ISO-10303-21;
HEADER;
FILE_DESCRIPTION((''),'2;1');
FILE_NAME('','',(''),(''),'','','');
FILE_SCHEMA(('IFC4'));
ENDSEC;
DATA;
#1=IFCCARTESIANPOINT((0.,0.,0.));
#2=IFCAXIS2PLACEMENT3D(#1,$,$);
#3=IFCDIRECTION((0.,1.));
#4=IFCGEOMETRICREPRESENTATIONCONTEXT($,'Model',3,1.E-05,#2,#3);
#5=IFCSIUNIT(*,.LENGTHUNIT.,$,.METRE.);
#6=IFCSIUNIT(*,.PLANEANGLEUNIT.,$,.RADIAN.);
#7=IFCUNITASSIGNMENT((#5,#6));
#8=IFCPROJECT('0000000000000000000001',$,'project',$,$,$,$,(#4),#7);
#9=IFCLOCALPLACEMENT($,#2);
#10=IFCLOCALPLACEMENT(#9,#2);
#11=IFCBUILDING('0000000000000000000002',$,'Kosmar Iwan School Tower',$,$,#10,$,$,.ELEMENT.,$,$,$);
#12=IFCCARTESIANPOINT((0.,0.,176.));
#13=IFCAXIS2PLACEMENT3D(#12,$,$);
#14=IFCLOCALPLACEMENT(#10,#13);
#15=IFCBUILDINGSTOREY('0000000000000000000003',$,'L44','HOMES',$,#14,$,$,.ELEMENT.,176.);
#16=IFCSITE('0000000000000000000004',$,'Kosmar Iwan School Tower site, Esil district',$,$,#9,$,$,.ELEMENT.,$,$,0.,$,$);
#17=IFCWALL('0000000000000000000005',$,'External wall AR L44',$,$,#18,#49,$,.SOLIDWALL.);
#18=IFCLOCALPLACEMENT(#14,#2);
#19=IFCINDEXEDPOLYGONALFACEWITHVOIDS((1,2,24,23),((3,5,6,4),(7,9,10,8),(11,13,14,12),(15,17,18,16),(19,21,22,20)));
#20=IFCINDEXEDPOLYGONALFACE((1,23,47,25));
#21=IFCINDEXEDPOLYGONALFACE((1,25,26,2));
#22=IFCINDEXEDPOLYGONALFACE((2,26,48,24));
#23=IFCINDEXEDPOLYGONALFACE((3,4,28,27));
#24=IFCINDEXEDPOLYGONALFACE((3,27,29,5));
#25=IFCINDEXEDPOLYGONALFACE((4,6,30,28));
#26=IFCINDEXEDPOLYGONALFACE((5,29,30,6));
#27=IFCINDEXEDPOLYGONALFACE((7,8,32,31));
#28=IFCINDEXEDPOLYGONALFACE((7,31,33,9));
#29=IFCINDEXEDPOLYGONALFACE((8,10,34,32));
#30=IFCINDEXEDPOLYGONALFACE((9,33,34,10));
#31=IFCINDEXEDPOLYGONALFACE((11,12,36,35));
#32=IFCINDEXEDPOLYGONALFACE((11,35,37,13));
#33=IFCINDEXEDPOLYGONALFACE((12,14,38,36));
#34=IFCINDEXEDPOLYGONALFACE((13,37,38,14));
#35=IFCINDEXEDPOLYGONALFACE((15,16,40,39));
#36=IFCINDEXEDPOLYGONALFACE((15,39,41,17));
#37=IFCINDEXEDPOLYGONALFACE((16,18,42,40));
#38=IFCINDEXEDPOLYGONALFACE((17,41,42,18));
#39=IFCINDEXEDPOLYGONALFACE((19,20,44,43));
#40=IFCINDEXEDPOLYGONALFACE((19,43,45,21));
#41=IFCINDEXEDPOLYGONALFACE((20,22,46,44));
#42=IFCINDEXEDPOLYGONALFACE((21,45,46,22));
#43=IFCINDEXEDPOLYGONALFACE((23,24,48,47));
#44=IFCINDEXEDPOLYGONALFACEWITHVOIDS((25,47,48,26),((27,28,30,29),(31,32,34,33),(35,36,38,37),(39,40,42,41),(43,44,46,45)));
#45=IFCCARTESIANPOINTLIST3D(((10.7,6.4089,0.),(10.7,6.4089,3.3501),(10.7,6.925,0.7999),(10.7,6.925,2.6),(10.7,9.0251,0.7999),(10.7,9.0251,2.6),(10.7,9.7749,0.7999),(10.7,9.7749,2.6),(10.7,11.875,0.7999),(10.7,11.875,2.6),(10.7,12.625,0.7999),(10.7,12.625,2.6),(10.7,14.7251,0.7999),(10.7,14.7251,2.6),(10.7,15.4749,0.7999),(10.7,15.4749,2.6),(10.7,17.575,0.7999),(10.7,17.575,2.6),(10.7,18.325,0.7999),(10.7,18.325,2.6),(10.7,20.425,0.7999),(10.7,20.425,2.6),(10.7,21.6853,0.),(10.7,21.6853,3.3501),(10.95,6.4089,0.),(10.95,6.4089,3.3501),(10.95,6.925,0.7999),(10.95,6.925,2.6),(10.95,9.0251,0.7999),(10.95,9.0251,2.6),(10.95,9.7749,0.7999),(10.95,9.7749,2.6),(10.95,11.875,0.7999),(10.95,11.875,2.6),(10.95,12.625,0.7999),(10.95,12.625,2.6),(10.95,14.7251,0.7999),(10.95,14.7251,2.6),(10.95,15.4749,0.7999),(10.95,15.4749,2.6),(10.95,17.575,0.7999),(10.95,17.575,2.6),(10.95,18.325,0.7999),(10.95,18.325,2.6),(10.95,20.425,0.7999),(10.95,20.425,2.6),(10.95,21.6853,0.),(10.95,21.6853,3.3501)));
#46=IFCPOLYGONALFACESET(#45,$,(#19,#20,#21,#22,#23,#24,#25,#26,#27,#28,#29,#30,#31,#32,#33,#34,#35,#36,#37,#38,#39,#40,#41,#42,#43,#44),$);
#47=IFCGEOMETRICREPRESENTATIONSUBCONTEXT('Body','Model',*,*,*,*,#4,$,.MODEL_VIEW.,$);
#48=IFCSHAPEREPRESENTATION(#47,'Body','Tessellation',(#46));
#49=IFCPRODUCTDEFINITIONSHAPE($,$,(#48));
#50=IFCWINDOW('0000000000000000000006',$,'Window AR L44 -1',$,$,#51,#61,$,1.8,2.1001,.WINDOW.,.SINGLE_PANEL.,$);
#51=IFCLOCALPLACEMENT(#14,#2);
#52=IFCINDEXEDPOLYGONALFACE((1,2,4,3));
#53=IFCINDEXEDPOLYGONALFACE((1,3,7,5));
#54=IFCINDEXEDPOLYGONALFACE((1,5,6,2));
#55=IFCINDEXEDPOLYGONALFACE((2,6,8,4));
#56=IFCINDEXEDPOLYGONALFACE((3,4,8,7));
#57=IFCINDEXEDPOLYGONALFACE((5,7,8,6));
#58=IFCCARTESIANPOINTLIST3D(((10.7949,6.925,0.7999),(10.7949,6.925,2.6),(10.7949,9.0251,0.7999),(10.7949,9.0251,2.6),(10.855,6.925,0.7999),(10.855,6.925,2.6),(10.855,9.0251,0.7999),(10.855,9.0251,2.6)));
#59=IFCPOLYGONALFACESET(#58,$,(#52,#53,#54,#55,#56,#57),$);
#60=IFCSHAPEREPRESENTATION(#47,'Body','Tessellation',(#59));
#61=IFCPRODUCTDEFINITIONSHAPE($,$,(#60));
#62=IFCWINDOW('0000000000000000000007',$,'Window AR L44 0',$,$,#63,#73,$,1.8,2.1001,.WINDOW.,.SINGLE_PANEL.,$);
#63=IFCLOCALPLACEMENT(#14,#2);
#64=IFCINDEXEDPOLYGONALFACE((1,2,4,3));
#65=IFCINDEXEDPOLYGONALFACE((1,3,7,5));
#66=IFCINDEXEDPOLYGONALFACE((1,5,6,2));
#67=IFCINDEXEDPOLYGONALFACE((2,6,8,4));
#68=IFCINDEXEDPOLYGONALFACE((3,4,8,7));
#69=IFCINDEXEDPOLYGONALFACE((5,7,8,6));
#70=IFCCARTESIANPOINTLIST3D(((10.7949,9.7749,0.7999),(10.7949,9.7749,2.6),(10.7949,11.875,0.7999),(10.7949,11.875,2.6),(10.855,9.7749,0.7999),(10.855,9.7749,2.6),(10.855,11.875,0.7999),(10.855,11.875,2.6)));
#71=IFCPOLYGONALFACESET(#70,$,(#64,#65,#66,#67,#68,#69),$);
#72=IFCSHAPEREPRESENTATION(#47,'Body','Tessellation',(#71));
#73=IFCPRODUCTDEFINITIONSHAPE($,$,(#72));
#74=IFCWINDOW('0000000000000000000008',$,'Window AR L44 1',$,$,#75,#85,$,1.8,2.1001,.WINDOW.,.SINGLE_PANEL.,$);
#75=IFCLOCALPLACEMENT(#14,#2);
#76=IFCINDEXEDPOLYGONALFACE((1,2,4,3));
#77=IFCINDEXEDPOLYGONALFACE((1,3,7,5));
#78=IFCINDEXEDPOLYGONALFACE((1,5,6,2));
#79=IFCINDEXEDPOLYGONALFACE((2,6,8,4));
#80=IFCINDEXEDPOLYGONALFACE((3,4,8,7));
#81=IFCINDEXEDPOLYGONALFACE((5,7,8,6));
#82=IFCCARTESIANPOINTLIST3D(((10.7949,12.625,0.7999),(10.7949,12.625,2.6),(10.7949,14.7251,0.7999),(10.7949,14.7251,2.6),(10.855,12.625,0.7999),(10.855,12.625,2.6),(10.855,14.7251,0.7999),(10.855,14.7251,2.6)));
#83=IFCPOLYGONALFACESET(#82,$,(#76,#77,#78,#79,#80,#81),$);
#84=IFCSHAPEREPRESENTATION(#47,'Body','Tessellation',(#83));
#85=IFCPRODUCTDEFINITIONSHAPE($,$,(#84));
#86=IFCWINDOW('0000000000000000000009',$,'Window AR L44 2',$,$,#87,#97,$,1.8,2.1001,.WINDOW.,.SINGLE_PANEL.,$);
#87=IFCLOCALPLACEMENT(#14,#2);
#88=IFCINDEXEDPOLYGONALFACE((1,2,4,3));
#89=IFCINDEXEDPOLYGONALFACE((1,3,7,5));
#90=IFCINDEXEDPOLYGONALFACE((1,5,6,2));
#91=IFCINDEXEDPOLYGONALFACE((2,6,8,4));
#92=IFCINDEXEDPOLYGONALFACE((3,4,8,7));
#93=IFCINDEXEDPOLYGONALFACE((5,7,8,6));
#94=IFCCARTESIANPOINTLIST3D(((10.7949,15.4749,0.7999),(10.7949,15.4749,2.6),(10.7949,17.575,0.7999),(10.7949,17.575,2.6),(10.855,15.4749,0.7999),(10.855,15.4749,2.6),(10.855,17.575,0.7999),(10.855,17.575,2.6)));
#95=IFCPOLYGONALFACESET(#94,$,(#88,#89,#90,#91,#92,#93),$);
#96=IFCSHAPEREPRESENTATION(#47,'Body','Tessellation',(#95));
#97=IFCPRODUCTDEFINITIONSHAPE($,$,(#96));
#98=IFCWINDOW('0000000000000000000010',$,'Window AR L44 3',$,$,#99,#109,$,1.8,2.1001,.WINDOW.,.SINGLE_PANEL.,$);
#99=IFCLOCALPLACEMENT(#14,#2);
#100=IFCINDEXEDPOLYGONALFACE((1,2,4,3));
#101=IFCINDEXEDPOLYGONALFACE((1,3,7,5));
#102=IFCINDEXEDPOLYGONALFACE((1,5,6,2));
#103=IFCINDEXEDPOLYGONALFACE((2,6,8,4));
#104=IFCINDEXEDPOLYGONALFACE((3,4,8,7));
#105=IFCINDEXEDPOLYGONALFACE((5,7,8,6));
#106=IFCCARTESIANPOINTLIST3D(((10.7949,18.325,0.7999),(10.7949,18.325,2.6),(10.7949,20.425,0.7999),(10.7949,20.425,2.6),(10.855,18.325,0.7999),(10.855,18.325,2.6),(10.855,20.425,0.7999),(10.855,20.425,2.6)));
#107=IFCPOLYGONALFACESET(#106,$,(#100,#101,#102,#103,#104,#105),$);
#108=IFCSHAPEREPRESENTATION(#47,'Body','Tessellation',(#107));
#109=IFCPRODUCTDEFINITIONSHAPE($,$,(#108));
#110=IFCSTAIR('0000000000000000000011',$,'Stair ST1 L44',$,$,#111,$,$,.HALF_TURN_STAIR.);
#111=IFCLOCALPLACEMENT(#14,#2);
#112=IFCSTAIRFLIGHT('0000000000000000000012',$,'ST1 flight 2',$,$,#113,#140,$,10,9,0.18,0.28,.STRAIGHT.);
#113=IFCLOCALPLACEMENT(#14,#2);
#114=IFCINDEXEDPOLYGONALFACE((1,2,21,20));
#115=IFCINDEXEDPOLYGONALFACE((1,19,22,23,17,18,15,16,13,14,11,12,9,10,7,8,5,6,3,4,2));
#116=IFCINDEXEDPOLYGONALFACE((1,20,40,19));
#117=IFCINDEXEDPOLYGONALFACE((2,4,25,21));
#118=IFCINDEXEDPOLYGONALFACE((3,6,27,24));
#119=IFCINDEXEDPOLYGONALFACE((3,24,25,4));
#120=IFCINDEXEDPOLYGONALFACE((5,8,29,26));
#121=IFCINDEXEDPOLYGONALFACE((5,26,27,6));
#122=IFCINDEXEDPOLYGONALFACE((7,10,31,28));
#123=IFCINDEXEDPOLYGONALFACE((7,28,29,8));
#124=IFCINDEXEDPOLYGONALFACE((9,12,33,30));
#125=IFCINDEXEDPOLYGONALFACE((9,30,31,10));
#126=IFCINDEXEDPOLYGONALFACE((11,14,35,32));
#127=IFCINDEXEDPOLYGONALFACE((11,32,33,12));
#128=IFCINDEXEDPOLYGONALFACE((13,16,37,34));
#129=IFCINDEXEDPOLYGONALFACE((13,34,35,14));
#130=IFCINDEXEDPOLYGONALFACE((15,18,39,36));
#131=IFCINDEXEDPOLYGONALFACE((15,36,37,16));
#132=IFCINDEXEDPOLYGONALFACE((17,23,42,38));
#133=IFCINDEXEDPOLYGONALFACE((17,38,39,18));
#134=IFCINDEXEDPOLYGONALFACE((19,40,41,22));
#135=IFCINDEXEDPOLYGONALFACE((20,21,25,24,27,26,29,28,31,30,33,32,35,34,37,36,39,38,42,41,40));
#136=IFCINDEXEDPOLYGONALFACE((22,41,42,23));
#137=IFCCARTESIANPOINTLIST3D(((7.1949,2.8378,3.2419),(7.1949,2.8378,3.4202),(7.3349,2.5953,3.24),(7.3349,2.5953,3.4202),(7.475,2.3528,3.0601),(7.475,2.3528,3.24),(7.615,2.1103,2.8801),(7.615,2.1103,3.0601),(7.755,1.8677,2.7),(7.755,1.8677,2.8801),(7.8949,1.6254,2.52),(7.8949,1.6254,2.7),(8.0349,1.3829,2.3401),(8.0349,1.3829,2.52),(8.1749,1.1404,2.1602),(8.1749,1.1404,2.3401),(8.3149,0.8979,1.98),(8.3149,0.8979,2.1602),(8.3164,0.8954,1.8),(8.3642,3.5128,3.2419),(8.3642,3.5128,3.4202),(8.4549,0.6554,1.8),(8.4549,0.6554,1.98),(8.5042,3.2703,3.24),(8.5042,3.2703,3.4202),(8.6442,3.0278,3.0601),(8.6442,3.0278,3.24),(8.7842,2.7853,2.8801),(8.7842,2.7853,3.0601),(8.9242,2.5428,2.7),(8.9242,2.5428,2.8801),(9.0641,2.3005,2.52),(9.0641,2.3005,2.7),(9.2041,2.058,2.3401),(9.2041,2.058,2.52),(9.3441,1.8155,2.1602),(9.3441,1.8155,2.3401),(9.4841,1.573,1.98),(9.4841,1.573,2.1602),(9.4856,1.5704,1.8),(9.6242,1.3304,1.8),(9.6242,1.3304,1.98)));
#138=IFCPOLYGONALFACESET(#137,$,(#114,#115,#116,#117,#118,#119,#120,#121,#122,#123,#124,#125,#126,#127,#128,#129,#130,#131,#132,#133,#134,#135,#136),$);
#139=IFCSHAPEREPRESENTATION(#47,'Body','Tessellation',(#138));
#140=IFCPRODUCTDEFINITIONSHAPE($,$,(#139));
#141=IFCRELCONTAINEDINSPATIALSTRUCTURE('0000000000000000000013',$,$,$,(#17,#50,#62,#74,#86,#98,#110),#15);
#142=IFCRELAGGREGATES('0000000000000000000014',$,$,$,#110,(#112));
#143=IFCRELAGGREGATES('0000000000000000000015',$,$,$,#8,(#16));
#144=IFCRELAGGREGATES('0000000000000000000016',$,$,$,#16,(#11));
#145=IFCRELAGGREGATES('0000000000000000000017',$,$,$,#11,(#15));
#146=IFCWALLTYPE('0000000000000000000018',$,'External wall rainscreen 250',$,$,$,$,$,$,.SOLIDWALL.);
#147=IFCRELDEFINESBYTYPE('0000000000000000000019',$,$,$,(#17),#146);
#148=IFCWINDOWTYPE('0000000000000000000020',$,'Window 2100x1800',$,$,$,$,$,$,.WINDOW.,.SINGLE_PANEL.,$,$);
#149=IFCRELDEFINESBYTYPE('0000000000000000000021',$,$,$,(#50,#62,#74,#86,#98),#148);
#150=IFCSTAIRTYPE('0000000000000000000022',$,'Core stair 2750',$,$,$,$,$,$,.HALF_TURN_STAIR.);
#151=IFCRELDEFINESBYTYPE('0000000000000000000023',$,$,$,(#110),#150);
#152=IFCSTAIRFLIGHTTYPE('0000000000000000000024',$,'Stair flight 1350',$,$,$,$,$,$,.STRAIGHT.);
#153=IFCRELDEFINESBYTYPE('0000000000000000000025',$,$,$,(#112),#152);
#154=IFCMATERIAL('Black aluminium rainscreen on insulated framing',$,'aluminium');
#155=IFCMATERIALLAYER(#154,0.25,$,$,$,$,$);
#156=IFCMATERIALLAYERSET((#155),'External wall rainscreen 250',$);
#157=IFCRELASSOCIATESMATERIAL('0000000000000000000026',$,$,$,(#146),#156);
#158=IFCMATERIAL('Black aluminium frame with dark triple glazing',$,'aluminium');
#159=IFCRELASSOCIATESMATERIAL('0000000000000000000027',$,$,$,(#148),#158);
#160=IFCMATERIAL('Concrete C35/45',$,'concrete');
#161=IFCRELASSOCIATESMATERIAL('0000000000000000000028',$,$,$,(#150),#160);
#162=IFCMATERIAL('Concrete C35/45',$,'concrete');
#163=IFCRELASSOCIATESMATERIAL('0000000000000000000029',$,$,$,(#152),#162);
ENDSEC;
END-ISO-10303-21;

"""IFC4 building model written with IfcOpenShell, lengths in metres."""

from ifc_helpers import new_model, si_unit, direction, frame, frame_2d, origin, place, context, subcontext, project, spatial, polyline, rectangle, outline, extrude, material, layer, layer_set, type_object, element, fill, aggregate, save


model = new_model("IFC4")

# Units and contexts
model_context = context("Model", 3, precision=1e-05, world=origin(), true_north=direction((0.0, 1.0)))
body_context = subcontext(model_context, "Body", "Model", "MODEL_VIEW")
ifc_project = project(units=[si_unit("LENGTHUNIT", "METRE"), si_unit("PLANEANGLEUNIT", "RADIAN")], contexts=[model_context])

# Site, building, storey
site_placement = place(None, origin())
site = spatial("IfcSite", under=ifc_project, at=site_placement, Name="Kosmar Iwan School Tower site, Esil district", CompositionType="ELEMENT", RefElevation=0.0)
building_placement = place(site_placement, origin())
building = spatial("IfcBuilding", under=site, at=building_placement, Name="Kosmar Iwan School Tower", CompositionType="ELEMENT")
storey_placement = place(building_placement, frame((0.0, 0.0, 176.0)))
storey = spatial("IfcBuildingStorey", under=building, at=storey_placement, Name="L44", Description="HOMES", CompositionType="ELEMENT", Elevation=176.0)

# Wall, openings, windows
ifc_material_1 = material(Name="Black aluminium rainscreen on insulated framing", Category="aluminium")
ifc_layer = layer(ifc_material_1, 0.25)
ifc_layer_set = layer_set([ifc_layer], Name="External wall rainscreen 250")
wall_type = type_object("IfcWallType", Name="External wall rainscreen 250", PredefinedType="SOLIDWALL", material=ifc_layer_set)
ifc_material_2 = material(Name="Black aluminium frame with dark triple glazing", Category="aluminium")
window_type = type_object("IfcWindowType", Name="Window 2100x1800", PartitioningType="SINGLE_PANEL", PredefinedType="WINDOW", material=ifc_material_2)
wall_1_placement = place(storey_placement, frame((10.825, 6.4089, 0.0), z_axis=(0.0, 0.0, 1.0), x_axis=(0.0, 1.0, 0.0)))
wall_1 = element("IfcWall", 1, at=wall_1_placement, inside=storey, type_object=wall_type, Name="External wall AR L44", PredefinedType="SOLIDWALL", context=body_context, shape_type="SweptSolid", body=[
    extrude(rectangle(XDim=15.2764, YDim=0.25, at=frame_2d((7.6382, 0.0))), origin(), (0.0, 0.0, 1.0), 3.3501),
])
opening_1_placement = place(wall_1_placement, frame((0.5161, 0.0, 0.8)))
opening_1 = element("IfcOpeningElement", 2, at=opening_1_placement, cuts=wall_1, PredefinedType="OPENING", context=body_context, shape_type="SweptSolid", body=[
    extrude(rectangle(XDim=2.1001, YDim=1.8, at=frame_2d((1.05, 0.8999))), frame((0.0, 0.137, 0.0), z_axis=(0.0, -1.0, 0.0), x_axis=(1.0, 0.0, 0.0)), (0.0, 0.0, 1.0), 0.2739),
])
opening_2_placement = place(wall_1_placement, frame((3.366, 0.0, 0.8)))
opening_2 = element("IfcOpeningElement", 3, at=opening_2_placement, cuts=wall_1, PredefinedType="OPENING", context=body_context, shape_type="SweptSolid", body=[
    extrude(rectangle(XDim=2.1001, YDim=1.8, at=frame_2d((1.05, 0.8999))), frame((0.0, 0.137, 0.0), z_axis=(0.0, -1.0, 0.0), x_axis=(1.0, 0.0, 0.0)), (0.0, 0.0, 1.0), 0.2739),
])
opening_3_placement = place(wall_1_placement, frame((6.2161, 0.0, 0.8)))
opening_3 = element("IfcOpeningElement", 4, at=opening_3_placement, cuts=wall_1, PredefinedType="OPENING", context=body_context, shape_type="SweptSolid", body=[
    extrude(rectangle(XDim=2.1001, YDim=1.8, at=frame_2d((1.05, 0.8999))), frame((0.0, 0.137, 0.0), z_axis=(0.0, -1.0, 0.0), x_axis=(1.0, 0.0, 0.0)), (0.0, 0.0, 1.0), 0.2739),
])
opening_4_placement = place(wall_1_placement, frame((9.0659, 0.0, 0.8)))
opening_4 = element("IfcOpeningElement", 5, at=opening_4_placement, cuts=wall_1, PredefinedType="OPENING", context=body_context, shape_type="SweptSolid", body=[
    extrude(rectangle(XDim=2.1001, YDim=1.8, at=frame_2d((1.05, 0.8999))), frame((0.0, 0.137, 0.0), z_axis=(0.0, -1.0, 0.0), x_axis=(1.0, 0.0, 0.0)), (0.0, 0.0, 1.0), 0.2739),
])
opening_5_placement = place(wall_1_placement, frame((11.916, 0.0, 0.8)))
opening_5 = element("IfcOpeningElement", 6, at=opening_5_placement, cuts=wall_1, PredefinedType="OPENING", context=body_context, shape_type="SweptSolid", body=[
    extrude(rectangle(XDim=2.1001, YDim=1.8, at=frame_2d((1.05, 0.8999))), frame((0.0, 0.137, 0.0), z_axis=(0.0, -1.0, 0.0), x_axis=(1.0, 0.0, 0.0)), (0.0, 0.0, 1.0), 0.2739),
])
window_1_placement = place(opening_1_placement, origin())
window_1 = element("IfcWindow", 7, at=window_1_placement, inside=storey, type_object=window_type, Name="Window AR L44 -1", OverallHeight=1.8, OverallWidth=2.1001, PartitioningType="SINGLE_PANEL", PredefinedType="WINDOW", context=body_context, shape_type="SweptSolid", body=[
    extrude(rectangle(XDim=2.1001, YDim=1.8, at=frame_2d((1.05, 0.8999))), frame((0.0, 0.03, 0.0), z_axis=(0.0, -1.0, 0.0), x_axis=(1.0, 0.0, 0.0)), (0.0, 0.0, 1.0), 0.0601),
])
fill(opening_1, window_1)
window_2_placement = place(opening_2_placement, origin())
window_2 = element("IfcWindow", 8, at=window_2_placement, inside=storey, type_object=window_type, Name="Window AR L44 0", OverallHeight=1.8, OverallWidth=2.1001, PartitioningType="SINGLE_PANEL", PredefinedType="WINDOW", context=body_context, shape_type="SweptSolid", body=[
    extrude(rectangle(XDim=2.1001, YDim=1.8, at=frame_2d((1.05, 0.8999))), frame((0.0, 0.03, 0.0), z_axis=(0.0, -1.0, 0.0), x_axis=(1.0, 0.0, 0.0)), (0.0, 0.0, 1.0), 0.0601),
])
fill(opening_2, window_2)
window_3_placement = place(opening_3_placement, origin())
window_3 = element("IfcWindow", 9, at=window_3_placement, inside=storey, type_object=window_type, Name="Window AR L44 1", OverallHeight=1.8, OverallWidth=2.1001, PartitioningType="SINGLE_PANEL", PredefinedType="WINDOW", context=body_context, shape_type="SweptSolid", body=[
    extrude(rectangle(XDim=2.1001, YDim=1.8, at=frame_2d((1.05, 0.8999))), frame((0.0, 0.03, 0.0), z_axis=(0.0, -1.0, 0.0), x_axis=(1.0, 0.0, 0.0)), (0.0, 0.0, 1.0), 0.0601),
])
fill(opening_3, window_3)
window_4_placement = place(opening_4_placement, origin())
window_4 = element("IfcWindow", 10, at=window_4_placement, inside=storey, type_object=window_type, Name="Window AR L44 2", OverallHeight=1.8, OverallWidth=2.1001, PartitioningType="SINGLE_PANEL", PredefinedType="WINDOW", context=body_context, shape_type="SweptSolid", body=[
    extrude(rectangle(XDim=2.1001, YDim=1.8, at=frame_2d((1.05, 0.8999))), frame((0.0, 0.03, 0.0), z_axis=(0.0, -1.0, 0.0), x_axis=(1.0, 0.0, 0.0)), (0.0, 0.0, 1.0), 0.0601),
])
fill(opening_4, window_4)
window_5_placement = place(opening_5_placement, origin())
window_5 = element("IfcWindow", 11, at=window_5_placement, inside=storey, type_object=window_type, Name="Window AR L44 3", OverallHeight=1.8, OverallWidth=2.1001, PartitioningType="SINGLE_PANEL", PredefinedType="WINDOW", context=body_context, shape_type="SweptSolid", body=[
    extrude(rectangle(XDim=2.1001, YDim=1.8, at=frame_2d((1.05, 0.8999))), frame((0.0, 0.03, 0.0), z_axis=(0.0, -1.0, 0.0), x_axis=(1.0, 0.0, 0.0)), (0.0, 0.0, 1.0), 0.0601),
])
fill(opening_5, window_5)

# Stair, stair flight
ifc_material_3 = material(Name="Concrete C35/45", Category="concrete")
stair_type = type_object("IfcStairType", Name="Core stair 2750", PredefinedType="HALF_TURN_STAIR", material=ifc_material_3)
stair_placement = place(storey_placement, origin())
stair = element("IfcStair", 12, at=stair_placement, inside=storey, type_object=stair_type, Name="Stair ST1 L44", PredefinedType="HALF_TURN_STAIR")
ifc_material_4 = material(Name="Concrete C35/45", Category="concrete")
stair_flight_type = type_object("IfcStairFlightType", Name="Stair flight 1350", PredefinedType="STRAIGHT", material=ifc_material_4)
stair_flight_placement = place(storey_placement, frame((9.0396, 0.9929, 1.8), z_axis=(0.0, 0.0, 1.0), x_axis=(-0.5, 0.866025, 0.0)))
stair_flight = element("IfcStairFlight", 13, at=stair_flight_placement, type_object=stair_flight_type, Name="ST1 flight 2", NumberOfRisers=10, NumberOfTreads=9, PredefinedType="STRAIGHT", RiserHeight=0.18, TreadLength=0.28, context=body_context, shape_type="SweptSolid", body=[
    extrude(outline(polyline([(0.0, 0.0), (0.0, 0.1799), (0.28, 0.1799), (0.28, 0.3601), (0.5601, 0.3601), (0.5601, 0.54), (0.8401, 0.54), (0.8401, 0.72), (1.1201, 0.72), (1.1201, 0.8999), (1.3999, 0.8999), (1.3999, 1.0801), (1.6799, 1.0801), (1.6799, 1.26), (1.96, 1.26), (1.96, 1.4399), (2.24, 1.4399), (2.24, 1.6201), (2.52, 1.6201), (2.52, 1.8), (2.52, 1.4419), (0.2771, 0.0), (0.0, 0.0)])), frame((0.0, 0.675, 0.0), z_axis=(0.0, -1.0, 0.0), x_axis=(1.0, 0.0, 0.0)), (0.0, 0.0, 1.0), 1.3501),
])
aggregate(stair, [stair_flight])

save(model, "model.ifc")
